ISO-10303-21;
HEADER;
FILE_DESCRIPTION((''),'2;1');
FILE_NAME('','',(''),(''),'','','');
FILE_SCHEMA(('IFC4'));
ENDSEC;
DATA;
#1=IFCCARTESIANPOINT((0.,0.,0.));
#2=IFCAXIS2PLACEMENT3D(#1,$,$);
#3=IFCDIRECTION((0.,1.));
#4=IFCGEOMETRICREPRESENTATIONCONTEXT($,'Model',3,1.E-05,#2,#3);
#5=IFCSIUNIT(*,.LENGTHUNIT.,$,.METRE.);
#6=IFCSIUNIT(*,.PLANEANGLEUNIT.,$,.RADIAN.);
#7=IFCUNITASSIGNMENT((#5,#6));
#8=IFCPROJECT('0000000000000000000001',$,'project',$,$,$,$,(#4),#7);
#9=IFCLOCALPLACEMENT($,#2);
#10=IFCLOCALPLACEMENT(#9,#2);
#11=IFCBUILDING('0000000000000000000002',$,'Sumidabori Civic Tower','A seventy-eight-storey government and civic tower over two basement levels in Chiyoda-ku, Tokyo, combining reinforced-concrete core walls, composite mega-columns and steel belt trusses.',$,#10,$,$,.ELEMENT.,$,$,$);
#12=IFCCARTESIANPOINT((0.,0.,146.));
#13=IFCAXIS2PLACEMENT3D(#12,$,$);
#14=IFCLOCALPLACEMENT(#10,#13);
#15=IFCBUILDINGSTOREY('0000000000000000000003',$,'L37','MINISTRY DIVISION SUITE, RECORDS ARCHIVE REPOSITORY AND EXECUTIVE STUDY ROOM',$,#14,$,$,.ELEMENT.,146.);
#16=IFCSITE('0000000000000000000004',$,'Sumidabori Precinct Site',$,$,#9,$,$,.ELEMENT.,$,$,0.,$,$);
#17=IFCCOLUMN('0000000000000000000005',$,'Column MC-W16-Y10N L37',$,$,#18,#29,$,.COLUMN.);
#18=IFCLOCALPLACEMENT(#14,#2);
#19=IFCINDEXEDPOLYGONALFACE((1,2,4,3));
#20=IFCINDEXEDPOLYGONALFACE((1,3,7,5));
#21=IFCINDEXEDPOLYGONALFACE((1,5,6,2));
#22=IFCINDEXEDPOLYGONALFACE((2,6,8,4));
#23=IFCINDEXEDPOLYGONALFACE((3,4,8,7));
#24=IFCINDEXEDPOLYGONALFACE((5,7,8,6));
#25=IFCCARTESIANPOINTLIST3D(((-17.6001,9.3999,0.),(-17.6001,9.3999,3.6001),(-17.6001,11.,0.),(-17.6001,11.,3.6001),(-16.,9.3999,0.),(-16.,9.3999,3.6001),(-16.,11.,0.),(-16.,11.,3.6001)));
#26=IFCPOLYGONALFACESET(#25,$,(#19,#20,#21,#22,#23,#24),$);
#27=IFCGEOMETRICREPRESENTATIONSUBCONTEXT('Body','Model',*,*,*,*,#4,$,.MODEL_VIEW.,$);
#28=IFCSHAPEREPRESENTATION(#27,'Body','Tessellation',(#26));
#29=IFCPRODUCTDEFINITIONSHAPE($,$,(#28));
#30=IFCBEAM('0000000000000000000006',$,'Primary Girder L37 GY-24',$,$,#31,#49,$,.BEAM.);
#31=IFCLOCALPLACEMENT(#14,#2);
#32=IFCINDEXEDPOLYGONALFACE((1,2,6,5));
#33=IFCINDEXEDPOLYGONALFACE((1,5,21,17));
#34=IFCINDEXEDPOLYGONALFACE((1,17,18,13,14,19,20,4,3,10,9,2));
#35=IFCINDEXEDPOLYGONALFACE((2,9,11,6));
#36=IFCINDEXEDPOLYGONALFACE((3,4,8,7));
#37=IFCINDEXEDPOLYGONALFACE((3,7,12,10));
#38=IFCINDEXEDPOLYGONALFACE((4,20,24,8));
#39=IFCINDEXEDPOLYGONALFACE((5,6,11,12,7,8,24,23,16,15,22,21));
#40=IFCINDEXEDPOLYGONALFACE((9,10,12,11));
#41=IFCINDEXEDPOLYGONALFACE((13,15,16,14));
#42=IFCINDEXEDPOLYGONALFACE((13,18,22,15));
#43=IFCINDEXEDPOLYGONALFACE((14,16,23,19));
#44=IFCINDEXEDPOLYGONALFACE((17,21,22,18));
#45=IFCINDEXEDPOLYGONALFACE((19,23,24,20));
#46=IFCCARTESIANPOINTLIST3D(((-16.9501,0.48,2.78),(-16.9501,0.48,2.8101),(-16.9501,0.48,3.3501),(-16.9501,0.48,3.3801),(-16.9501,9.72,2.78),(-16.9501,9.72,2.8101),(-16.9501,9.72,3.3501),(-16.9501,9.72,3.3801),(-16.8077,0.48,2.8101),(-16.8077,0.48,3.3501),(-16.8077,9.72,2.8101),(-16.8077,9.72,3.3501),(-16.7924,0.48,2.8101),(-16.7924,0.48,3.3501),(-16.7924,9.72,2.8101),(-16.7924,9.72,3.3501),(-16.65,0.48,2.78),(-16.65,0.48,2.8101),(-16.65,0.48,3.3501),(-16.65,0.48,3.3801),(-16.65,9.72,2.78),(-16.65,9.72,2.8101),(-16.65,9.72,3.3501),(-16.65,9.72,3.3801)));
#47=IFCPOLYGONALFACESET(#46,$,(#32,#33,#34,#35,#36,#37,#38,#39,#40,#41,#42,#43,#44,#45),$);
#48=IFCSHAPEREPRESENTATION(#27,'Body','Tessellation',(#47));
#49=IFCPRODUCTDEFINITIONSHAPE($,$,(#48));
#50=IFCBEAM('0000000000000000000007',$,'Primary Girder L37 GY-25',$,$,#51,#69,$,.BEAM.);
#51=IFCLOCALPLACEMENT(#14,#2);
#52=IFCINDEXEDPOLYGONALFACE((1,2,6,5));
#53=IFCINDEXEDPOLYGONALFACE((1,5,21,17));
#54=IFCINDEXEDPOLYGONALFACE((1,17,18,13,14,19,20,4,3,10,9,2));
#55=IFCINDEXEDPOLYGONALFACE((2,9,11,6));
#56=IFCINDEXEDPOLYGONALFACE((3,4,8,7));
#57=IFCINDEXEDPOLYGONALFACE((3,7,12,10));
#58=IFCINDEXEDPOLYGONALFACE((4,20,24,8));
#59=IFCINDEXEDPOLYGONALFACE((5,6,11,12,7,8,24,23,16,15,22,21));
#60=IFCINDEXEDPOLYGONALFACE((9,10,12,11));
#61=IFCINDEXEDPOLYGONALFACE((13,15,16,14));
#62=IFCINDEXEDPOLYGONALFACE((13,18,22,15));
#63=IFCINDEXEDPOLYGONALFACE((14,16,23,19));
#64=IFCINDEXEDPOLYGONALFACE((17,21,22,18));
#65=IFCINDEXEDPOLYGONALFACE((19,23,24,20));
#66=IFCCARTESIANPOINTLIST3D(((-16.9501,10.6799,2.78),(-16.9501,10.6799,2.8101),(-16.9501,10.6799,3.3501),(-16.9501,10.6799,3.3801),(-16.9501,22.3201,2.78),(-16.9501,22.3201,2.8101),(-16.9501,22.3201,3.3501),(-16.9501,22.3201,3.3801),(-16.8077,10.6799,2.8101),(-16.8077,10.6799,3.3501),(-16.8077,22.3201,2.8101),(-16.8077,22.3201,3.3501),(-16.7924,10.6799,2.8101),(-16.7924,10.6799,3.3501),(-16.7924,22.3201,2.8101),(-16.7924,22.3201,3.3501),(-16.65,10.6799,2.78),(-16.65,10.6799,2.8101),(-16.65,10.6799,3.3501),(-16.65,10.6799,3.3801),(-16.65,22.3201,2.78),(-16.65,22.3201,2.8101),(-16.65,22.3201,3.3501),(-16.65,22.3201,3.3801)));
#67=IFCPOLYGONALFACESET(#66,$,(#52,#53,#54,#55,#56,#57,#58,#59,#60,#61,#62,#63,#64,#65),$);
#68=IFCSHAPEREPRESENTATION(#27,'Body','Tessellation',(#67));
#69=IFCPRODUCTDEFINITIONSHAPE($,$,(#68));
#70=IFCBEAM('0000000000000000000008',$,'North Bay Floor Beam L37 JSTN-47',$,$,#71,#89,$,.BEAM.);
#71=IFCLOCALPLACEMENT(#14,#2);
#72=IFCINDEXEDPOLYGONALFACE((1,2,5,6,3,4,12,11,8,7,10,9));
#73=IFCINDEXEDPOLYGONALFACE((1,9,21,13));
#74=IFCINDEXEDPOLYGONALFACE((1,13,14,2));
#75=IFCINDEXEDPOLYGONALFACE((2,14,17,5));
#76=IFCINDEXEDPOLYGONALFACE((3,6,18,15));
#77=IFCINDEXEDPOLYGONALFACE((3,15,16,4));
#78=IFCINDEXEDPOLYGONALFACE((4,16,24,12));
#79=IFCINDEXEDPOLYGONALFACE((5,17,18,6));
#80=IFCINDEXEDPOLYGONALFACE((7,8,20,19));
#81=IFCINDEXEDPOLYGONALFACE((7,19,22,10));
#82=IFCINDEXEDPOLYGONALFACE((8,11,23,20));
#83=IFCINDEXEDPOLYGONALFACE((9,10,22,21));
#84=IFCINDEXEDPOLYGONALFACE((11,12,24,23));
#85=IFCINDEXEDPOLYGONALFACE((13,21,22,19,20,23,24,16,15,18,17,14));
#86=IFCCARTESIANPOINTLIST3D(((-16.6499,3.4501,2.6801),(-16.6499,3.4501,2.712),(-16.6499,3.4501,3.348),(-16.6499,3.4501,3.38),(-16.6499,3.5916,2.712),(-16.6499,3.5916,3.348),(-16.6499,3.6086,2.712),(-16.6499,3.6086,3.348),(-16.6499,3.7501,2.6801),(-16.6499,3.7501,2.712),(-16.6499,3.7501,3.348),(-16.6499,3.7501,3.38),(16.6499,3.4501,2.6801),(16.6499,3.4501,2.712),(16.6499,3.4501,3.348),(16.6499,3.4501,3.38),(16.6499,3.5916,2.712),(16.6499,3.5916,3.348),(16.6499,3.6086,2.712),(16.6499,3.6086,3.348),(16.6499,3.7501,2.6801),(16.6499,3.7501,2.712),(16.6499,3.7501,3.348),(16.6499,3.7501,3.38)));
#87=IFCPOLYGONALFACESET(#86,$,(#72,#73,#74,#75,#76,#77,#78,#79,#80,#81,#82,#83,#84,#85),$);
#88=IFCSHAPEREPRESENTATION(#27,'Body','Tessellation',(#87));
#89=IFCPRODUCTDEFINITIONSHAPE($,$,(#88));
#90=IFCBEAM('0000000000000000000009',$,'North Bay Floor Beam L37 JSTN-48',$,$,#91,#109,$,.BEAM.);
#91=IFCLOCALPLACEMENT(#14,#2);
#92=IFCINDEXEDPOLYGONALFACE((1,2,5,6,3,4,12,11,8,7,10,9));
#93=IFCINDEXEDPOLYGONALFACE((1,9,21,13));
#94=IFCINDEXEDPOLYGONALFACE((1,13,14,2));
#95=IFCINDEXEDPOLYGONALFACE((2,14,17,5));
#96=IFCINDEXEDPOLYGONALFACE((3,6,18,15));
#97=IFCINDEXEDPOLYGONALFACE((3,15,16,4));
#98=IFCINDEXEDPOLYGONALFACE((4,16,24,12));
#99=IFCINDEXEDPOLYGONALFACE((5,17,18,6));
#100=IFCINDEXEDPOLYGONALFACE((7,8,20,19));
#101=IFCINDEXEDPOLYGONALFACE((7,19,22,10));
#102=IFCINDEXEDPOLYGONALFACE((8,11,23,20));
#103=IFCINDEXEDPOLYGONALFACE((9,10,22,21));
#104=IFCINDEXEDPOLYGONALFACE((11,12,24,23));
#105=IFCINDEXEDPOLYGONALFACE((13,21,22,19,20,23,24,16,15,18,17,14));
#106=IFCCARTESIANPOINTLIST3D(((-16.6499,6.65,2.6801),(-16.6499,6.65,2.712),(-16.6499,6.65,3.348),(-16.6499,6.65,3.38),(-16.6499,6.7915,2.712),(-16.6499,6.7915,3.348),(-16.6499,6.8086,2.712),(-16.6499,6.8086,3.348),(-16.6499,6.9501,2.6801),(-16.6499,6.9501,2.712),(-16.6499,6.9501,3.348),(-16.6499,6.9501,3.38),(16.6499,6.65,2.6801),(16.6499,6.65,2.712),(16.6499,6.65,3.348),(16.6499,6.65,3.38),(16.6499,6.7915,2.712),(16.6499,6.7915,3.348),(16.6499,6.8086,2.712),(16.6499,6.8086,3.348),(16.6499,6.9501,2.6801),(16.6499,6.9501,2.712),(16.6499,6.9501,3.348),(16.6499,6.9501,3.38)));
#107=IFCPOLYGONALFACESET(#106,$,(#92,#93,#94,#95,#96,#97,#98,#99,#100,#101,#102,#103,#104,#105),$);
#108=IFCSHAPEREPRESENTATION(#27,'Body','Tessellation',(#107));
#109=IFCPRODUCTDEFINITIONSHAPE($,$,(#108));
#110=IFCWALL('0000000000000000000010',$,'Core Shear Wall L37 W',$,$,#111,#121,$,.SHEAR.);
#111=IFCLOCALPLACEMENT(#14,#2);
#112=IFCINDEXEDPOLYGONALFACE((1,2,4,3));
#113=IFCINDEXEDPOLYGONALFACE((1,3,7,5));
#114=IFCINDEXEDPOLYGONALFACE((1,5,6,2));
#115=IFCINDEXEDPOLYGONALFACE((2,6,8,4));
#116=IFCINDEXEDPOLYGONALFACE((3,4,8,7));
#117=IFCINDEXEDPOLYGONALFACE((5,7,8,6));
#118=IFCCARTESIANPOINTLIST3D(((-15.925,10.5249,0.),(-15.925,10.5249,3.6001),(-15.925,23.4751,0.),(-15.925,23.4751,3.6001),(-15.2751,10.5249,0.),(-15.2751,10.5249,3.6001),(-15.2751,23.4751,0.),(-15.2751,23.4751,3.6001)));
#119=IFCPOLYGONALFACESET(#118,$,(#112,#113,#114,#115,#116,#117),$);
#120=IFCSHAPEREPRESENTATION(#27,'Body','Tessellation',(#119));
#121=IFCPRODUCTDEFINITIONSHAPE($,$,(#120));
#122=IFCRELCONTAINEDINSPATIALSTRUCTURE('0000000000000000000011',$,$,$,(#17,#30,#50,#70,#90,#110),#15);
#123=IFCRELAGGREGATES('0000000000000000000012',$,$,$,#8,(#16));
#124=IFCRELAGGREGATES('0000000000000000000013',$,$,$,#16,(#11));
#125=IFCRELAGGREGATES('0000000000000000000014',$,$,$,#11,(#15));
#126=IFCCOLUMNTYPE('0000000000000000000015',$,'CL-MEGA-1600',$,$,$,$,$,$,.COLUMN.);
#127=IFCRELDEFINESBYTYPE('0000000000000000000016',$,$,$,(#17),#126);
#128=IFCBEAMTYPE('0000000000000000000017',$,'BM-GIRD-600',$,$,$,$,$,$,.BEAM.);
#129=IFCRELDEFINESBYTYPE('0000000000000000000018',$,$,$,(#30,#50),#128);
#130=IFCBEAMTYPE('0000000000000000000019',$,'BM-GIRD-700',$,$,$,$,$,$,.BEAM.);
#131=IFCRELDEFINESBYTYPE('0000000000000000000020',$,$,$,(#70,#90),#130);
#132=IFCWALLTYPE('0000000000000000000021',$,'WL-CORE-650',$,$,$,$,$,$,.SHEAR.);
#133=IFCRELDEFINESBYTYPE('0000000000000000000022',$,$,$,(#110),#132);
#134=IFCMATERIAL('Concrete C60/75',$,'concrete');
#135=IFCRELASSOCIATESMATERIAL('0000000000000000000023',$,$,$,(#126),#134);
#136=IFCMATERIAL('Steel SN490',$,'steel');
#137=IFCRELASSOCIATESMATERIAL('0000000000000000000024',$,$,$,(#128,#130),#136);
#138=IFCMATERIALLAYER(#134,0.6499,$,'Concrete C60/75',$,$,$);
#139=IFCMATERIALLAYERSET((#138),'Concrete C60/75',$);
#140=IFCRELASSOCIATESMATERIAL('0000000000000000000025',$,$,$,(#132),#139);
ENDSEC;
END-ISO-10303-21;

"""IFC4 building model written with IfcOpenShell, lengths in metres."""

from ifc_helpers import new_model, si_unit, direction, frame, frame_2d, origin, origin_2d, place, context, subcontext, project, spatial, rectangle, i_section, extrude, source, transform, mapped, material, layer, layer_set, material_profile, profile_set, type_object, element, save


model = new_model("IFC4")

# Units and contexts
model_context = context("Model", 3, precision=1e-05, world=origin(), true_north=direction((0.0, 1.0)))
body_context = subcontext(model_context, "Body", "Model", "MODEL_VIEW")
ifc_project = project(units=[si_unit("LENGTHUNIT", "METRE"), si_unit("PLANEANGLEUNIT", "RADIAN")], contexts=[model_context])

# Site, building, storey
site_placement = place(None, origin())
site = spatial("IfcSite", under=ifc_project, at=site_placement, Name="Sumidabori Precinct Site", CompositionType="ELEMENT", RefElevation=0.0)
building_placement = place(site_placement, origin())
building = spatial("IfcBuilding", under=site, at=building_placement, Name="Sumidabori Civic Tower", Description="A seventy-eight-storey government and civic tower over two basement levels in Chiyoda-ku, Tokyo, combining reinforced-concrete core walls, composite mega-columns and steel belt trusses.", CompositionType="ELEMENT")
storey_placement = place(building_placement, frame((0.0, 0.0, 146.0)))
storey = spatial("IfcBuildingStorey", under=building, at=storey_placement, Name="L37", Description="MINISTRY DIVISION SUITE, RECORDS ARCHIVE REPOSITORY AND EXECUTIVE STUDY ROOM", CompositionType="ELEMENT", Elevation=146.0)

# Column
ifc_material_1 = material(Name="Concrete C60/75", Category="concrete")
ifc_material_profile_1 = material_profile(ifc_material_1, rectangle(XDim=1.6001, YDim=1.6001, at=origin_2d()), Name="RC 1600x1600")
ifc_profile_set_1 = profile_set([ifc_material_profile_1], Name="Concrete C60/75")
column_type = type_object("IfcColumnType", Name="CL-MEGA-1600", PredefinedType="COLUMN", material=ifc_profile_set_1)
shared_shape_1 = source(origin(), body_context, "Body", "SweptSolid", [
    extrude(rectangle(XDim=1.6001, YDim=1.6001, at=origin_2d()), origin(), (0.0, 0.0, 1.0), 3.6001),
])
column_placement = place(storey_placement, frame((-16.8, 10.2, 0.0), z_axis=(0.0, 0.0, 1.0), x_axis=(1.0, 0.0, 0.0)))
element("IfcColumn", 1, at=column_placement, inside=storey, type_object=column_type, Name="Column MC-W16-Y10N L37", PredefinedType="COLUMN", context=body_context, shape_type="MappedRepresentation", body=[
    mapped(shared_shape_1, transform((0.0, 0.0, 0.0), x_axis=(1.0, 0.0, 0.0), y_axis=(0.0, 1.0, 0.0), z_axis=(0.0, 0.0, 1.0), scale=1.0)),
])

# Beams
ifc_material_2 = material(Name="Steel SN490", Category="steel")
ifc_material_profile_2 = material_profile(ifc_material_2, i_section(OverallWidth=0.3, OverallDepth=0.6001, WebThickness=0.0154, FlangeThickness=0.03, at=origin_2d()), Name="HE 600 B")
ifc_profile_set_2 = profile_set([ifc_material_profile_2], Name="Steel SN490")
beam_type_1 = type_object("IfcBeamType", Name="BM-GIRD-600", PredefinedType="BEAM", material=ifc_profile_set_2)
shared_shape_2 = source(origin(), body_context, "Body", "SweptSolid", [
    extrude(i_section(OverallWidth=0.3, OverallDepth=0.6001, WebThickness=0.0154, FlangeThickness=0.03, at=origin_2d()), origin(), (0.0, 0.0, 1.0), 9.24),
])
beam_1_placement = place(storey_placement, frame((-16.8, 0.48, 3.0801), z_axis=(0.0, 1.0, 0.0), x_axis=(-1.0, 0.0, 0.0)))
element("IfcBeam", 2, at=beam_1_placement, inside=storey, type_object=beam_type_1, Name="Primary Girder L37 GY-24", PredefinedType="BEAM", context=body_context, shape_type="MappedRepresentation", body=[
    mapped(shared_shape_2, transform((0.0, 0.0, 0.0), x_axis=(1.0, 0.0, 0.0), y_axis=(0.0, 1.0, 0.0), z_axis=(0.0, 0.0, 1.0), scale=1.0)),
])
shared_shape_3 = source(origin(), body_context, "Body", "SweptSolid", [
    extrude(i_section(OverallWidth=0.3, OverallDepth=0.6001, WebThickness=0.0154, FlangeThickness=0.03, at=origin_2d()), origin(), (0.0, 0.0, 1.0), 11.6401),
])
beam_2_placement = place(storey_placement, frame((-16.8, 10.6799, 3.0801), z_axis=(0.0, 1.0, 0.0), x_axis=(-1.0, 0.0, 0.0)))
element("IfcBeam", 3, at=beam_2_placement, inside=storey, type_object=beam_type_1, Name="Primary Girder L37 GY-25", PredefinedType="BEAM", context=body_context, shape_type="MappedRepresentation", body=[
    mapped(shared_shape_3, transform((0.0, 0.0, 0.0), x_axis=(1.0, 0.0, 0.0), y_axis=(0.0, 1.0, 0.0), z_axis=(0.0, 0.0, 1.0), scale=1.0)),
])
ifc_material_profile_3 = material_profile(ifc_material_2, i_section(OverallWidth=0.3, OverallDepth=0.7, WebThickness=0.0171, FlangeThickness=0.032, at=origin_2d()), Name="HE 700 B")
ifc_profile_set_3 = profile_set([ifc_material_profile_3], Name="Steel SN490")
beam_type_2 = type_object("IfcBeamType", Name="BM-GIRD-700", PredefinedType="BEAM", material=ifc_profile_set_3)
shared_shape_4 = source(origin(), body_context, "Body", "SweptSolid", [
    extrude(i_section(OverallWidth=0.3, OverallDepth=0.7, WebThickness=0.0171, FlangeThickness=0.032, at=origin_2d()), origin(), (0.0, 0.0, 1.0), 33.2998),
])
for number, where, z_axis, x_axis, name in (
    (4, (-16.6499, 3.6001, 3.03), (1.0, 0.0, 0.0), (0.0, 1.0, 0.0), "North Bay Floor Beam L37 JSTN-47"),
    (5, (-16.6499, 6.8, 3.03), (1.0, 0.0, 0.0), (0.0, 1.0, 0.0), "North Bay Floor Beam L37 JSTN-48"),
):
    element("IfcBeam", number, at=place(storey_placement, frame(where, z_axis=z_axis, x_axis=x_axis)), inside=storey, type_object=beam_type_2, Name=name, PredefinedType="BEAM", context=body_context, shape_type="MappedRepresentation", body=[
        mapped(shared_shape_4, transform((0.0, 0.0, 0.0), x_axis=(1.0, 0.0, 0.0), y_axis=(0.0, 1.0, 0.0), z_axis=(0.0, 0.0, 1.0), scale=1.0)),
    ])

# Shared definitions
ifc_layer_1 = layer(ifc_material_1, 0.6499, Name="Concrete C60/75")
ifc_layer_set_1 = layer_set([ifc_layer_1], Name="Concrete C60/75")
wall_type_1 = type_object("IfcWallType", Name="WL-CORE-650", PredefinedType="SHEAR", material=ifc_layer_set_1)

# Wall
shared_shape_5 = source(origin(), body_context, "Body", "SweptSolid", [
    extrude(rectangle(XDim=12.9502, YDim=0.6499, at=frame_2d((6.4751, 0.0))), origin(), (0.0, 0.0, 1.0), 3.6001),
])
wall_1_placement = place(storey_placement, frame((-15.6001, 10.5249, 0.0), z_axis=(0.0, 0.0, 1.0), x_axis=(0.0, 1.0, 0.0)))
element("IfcWall", 6, at=wall_1_placement, inside=storey, type_object=wall_type_1, Name="Core Shear Wall L37 W", PredefinedType="SHEAR", context=body_context, shape_type="MappedRepresentation", body=[
    mapped(shared_shape_5, transform((0.0, 0.0, 0.0), x_axis=(1.0, 0.0, 0.0), y_axis=(0.0, 1.0, 0.0), z_axis=(0.0, 0.0, 1.0), scale=1.0)),
])

save(model, "model.ifc")
